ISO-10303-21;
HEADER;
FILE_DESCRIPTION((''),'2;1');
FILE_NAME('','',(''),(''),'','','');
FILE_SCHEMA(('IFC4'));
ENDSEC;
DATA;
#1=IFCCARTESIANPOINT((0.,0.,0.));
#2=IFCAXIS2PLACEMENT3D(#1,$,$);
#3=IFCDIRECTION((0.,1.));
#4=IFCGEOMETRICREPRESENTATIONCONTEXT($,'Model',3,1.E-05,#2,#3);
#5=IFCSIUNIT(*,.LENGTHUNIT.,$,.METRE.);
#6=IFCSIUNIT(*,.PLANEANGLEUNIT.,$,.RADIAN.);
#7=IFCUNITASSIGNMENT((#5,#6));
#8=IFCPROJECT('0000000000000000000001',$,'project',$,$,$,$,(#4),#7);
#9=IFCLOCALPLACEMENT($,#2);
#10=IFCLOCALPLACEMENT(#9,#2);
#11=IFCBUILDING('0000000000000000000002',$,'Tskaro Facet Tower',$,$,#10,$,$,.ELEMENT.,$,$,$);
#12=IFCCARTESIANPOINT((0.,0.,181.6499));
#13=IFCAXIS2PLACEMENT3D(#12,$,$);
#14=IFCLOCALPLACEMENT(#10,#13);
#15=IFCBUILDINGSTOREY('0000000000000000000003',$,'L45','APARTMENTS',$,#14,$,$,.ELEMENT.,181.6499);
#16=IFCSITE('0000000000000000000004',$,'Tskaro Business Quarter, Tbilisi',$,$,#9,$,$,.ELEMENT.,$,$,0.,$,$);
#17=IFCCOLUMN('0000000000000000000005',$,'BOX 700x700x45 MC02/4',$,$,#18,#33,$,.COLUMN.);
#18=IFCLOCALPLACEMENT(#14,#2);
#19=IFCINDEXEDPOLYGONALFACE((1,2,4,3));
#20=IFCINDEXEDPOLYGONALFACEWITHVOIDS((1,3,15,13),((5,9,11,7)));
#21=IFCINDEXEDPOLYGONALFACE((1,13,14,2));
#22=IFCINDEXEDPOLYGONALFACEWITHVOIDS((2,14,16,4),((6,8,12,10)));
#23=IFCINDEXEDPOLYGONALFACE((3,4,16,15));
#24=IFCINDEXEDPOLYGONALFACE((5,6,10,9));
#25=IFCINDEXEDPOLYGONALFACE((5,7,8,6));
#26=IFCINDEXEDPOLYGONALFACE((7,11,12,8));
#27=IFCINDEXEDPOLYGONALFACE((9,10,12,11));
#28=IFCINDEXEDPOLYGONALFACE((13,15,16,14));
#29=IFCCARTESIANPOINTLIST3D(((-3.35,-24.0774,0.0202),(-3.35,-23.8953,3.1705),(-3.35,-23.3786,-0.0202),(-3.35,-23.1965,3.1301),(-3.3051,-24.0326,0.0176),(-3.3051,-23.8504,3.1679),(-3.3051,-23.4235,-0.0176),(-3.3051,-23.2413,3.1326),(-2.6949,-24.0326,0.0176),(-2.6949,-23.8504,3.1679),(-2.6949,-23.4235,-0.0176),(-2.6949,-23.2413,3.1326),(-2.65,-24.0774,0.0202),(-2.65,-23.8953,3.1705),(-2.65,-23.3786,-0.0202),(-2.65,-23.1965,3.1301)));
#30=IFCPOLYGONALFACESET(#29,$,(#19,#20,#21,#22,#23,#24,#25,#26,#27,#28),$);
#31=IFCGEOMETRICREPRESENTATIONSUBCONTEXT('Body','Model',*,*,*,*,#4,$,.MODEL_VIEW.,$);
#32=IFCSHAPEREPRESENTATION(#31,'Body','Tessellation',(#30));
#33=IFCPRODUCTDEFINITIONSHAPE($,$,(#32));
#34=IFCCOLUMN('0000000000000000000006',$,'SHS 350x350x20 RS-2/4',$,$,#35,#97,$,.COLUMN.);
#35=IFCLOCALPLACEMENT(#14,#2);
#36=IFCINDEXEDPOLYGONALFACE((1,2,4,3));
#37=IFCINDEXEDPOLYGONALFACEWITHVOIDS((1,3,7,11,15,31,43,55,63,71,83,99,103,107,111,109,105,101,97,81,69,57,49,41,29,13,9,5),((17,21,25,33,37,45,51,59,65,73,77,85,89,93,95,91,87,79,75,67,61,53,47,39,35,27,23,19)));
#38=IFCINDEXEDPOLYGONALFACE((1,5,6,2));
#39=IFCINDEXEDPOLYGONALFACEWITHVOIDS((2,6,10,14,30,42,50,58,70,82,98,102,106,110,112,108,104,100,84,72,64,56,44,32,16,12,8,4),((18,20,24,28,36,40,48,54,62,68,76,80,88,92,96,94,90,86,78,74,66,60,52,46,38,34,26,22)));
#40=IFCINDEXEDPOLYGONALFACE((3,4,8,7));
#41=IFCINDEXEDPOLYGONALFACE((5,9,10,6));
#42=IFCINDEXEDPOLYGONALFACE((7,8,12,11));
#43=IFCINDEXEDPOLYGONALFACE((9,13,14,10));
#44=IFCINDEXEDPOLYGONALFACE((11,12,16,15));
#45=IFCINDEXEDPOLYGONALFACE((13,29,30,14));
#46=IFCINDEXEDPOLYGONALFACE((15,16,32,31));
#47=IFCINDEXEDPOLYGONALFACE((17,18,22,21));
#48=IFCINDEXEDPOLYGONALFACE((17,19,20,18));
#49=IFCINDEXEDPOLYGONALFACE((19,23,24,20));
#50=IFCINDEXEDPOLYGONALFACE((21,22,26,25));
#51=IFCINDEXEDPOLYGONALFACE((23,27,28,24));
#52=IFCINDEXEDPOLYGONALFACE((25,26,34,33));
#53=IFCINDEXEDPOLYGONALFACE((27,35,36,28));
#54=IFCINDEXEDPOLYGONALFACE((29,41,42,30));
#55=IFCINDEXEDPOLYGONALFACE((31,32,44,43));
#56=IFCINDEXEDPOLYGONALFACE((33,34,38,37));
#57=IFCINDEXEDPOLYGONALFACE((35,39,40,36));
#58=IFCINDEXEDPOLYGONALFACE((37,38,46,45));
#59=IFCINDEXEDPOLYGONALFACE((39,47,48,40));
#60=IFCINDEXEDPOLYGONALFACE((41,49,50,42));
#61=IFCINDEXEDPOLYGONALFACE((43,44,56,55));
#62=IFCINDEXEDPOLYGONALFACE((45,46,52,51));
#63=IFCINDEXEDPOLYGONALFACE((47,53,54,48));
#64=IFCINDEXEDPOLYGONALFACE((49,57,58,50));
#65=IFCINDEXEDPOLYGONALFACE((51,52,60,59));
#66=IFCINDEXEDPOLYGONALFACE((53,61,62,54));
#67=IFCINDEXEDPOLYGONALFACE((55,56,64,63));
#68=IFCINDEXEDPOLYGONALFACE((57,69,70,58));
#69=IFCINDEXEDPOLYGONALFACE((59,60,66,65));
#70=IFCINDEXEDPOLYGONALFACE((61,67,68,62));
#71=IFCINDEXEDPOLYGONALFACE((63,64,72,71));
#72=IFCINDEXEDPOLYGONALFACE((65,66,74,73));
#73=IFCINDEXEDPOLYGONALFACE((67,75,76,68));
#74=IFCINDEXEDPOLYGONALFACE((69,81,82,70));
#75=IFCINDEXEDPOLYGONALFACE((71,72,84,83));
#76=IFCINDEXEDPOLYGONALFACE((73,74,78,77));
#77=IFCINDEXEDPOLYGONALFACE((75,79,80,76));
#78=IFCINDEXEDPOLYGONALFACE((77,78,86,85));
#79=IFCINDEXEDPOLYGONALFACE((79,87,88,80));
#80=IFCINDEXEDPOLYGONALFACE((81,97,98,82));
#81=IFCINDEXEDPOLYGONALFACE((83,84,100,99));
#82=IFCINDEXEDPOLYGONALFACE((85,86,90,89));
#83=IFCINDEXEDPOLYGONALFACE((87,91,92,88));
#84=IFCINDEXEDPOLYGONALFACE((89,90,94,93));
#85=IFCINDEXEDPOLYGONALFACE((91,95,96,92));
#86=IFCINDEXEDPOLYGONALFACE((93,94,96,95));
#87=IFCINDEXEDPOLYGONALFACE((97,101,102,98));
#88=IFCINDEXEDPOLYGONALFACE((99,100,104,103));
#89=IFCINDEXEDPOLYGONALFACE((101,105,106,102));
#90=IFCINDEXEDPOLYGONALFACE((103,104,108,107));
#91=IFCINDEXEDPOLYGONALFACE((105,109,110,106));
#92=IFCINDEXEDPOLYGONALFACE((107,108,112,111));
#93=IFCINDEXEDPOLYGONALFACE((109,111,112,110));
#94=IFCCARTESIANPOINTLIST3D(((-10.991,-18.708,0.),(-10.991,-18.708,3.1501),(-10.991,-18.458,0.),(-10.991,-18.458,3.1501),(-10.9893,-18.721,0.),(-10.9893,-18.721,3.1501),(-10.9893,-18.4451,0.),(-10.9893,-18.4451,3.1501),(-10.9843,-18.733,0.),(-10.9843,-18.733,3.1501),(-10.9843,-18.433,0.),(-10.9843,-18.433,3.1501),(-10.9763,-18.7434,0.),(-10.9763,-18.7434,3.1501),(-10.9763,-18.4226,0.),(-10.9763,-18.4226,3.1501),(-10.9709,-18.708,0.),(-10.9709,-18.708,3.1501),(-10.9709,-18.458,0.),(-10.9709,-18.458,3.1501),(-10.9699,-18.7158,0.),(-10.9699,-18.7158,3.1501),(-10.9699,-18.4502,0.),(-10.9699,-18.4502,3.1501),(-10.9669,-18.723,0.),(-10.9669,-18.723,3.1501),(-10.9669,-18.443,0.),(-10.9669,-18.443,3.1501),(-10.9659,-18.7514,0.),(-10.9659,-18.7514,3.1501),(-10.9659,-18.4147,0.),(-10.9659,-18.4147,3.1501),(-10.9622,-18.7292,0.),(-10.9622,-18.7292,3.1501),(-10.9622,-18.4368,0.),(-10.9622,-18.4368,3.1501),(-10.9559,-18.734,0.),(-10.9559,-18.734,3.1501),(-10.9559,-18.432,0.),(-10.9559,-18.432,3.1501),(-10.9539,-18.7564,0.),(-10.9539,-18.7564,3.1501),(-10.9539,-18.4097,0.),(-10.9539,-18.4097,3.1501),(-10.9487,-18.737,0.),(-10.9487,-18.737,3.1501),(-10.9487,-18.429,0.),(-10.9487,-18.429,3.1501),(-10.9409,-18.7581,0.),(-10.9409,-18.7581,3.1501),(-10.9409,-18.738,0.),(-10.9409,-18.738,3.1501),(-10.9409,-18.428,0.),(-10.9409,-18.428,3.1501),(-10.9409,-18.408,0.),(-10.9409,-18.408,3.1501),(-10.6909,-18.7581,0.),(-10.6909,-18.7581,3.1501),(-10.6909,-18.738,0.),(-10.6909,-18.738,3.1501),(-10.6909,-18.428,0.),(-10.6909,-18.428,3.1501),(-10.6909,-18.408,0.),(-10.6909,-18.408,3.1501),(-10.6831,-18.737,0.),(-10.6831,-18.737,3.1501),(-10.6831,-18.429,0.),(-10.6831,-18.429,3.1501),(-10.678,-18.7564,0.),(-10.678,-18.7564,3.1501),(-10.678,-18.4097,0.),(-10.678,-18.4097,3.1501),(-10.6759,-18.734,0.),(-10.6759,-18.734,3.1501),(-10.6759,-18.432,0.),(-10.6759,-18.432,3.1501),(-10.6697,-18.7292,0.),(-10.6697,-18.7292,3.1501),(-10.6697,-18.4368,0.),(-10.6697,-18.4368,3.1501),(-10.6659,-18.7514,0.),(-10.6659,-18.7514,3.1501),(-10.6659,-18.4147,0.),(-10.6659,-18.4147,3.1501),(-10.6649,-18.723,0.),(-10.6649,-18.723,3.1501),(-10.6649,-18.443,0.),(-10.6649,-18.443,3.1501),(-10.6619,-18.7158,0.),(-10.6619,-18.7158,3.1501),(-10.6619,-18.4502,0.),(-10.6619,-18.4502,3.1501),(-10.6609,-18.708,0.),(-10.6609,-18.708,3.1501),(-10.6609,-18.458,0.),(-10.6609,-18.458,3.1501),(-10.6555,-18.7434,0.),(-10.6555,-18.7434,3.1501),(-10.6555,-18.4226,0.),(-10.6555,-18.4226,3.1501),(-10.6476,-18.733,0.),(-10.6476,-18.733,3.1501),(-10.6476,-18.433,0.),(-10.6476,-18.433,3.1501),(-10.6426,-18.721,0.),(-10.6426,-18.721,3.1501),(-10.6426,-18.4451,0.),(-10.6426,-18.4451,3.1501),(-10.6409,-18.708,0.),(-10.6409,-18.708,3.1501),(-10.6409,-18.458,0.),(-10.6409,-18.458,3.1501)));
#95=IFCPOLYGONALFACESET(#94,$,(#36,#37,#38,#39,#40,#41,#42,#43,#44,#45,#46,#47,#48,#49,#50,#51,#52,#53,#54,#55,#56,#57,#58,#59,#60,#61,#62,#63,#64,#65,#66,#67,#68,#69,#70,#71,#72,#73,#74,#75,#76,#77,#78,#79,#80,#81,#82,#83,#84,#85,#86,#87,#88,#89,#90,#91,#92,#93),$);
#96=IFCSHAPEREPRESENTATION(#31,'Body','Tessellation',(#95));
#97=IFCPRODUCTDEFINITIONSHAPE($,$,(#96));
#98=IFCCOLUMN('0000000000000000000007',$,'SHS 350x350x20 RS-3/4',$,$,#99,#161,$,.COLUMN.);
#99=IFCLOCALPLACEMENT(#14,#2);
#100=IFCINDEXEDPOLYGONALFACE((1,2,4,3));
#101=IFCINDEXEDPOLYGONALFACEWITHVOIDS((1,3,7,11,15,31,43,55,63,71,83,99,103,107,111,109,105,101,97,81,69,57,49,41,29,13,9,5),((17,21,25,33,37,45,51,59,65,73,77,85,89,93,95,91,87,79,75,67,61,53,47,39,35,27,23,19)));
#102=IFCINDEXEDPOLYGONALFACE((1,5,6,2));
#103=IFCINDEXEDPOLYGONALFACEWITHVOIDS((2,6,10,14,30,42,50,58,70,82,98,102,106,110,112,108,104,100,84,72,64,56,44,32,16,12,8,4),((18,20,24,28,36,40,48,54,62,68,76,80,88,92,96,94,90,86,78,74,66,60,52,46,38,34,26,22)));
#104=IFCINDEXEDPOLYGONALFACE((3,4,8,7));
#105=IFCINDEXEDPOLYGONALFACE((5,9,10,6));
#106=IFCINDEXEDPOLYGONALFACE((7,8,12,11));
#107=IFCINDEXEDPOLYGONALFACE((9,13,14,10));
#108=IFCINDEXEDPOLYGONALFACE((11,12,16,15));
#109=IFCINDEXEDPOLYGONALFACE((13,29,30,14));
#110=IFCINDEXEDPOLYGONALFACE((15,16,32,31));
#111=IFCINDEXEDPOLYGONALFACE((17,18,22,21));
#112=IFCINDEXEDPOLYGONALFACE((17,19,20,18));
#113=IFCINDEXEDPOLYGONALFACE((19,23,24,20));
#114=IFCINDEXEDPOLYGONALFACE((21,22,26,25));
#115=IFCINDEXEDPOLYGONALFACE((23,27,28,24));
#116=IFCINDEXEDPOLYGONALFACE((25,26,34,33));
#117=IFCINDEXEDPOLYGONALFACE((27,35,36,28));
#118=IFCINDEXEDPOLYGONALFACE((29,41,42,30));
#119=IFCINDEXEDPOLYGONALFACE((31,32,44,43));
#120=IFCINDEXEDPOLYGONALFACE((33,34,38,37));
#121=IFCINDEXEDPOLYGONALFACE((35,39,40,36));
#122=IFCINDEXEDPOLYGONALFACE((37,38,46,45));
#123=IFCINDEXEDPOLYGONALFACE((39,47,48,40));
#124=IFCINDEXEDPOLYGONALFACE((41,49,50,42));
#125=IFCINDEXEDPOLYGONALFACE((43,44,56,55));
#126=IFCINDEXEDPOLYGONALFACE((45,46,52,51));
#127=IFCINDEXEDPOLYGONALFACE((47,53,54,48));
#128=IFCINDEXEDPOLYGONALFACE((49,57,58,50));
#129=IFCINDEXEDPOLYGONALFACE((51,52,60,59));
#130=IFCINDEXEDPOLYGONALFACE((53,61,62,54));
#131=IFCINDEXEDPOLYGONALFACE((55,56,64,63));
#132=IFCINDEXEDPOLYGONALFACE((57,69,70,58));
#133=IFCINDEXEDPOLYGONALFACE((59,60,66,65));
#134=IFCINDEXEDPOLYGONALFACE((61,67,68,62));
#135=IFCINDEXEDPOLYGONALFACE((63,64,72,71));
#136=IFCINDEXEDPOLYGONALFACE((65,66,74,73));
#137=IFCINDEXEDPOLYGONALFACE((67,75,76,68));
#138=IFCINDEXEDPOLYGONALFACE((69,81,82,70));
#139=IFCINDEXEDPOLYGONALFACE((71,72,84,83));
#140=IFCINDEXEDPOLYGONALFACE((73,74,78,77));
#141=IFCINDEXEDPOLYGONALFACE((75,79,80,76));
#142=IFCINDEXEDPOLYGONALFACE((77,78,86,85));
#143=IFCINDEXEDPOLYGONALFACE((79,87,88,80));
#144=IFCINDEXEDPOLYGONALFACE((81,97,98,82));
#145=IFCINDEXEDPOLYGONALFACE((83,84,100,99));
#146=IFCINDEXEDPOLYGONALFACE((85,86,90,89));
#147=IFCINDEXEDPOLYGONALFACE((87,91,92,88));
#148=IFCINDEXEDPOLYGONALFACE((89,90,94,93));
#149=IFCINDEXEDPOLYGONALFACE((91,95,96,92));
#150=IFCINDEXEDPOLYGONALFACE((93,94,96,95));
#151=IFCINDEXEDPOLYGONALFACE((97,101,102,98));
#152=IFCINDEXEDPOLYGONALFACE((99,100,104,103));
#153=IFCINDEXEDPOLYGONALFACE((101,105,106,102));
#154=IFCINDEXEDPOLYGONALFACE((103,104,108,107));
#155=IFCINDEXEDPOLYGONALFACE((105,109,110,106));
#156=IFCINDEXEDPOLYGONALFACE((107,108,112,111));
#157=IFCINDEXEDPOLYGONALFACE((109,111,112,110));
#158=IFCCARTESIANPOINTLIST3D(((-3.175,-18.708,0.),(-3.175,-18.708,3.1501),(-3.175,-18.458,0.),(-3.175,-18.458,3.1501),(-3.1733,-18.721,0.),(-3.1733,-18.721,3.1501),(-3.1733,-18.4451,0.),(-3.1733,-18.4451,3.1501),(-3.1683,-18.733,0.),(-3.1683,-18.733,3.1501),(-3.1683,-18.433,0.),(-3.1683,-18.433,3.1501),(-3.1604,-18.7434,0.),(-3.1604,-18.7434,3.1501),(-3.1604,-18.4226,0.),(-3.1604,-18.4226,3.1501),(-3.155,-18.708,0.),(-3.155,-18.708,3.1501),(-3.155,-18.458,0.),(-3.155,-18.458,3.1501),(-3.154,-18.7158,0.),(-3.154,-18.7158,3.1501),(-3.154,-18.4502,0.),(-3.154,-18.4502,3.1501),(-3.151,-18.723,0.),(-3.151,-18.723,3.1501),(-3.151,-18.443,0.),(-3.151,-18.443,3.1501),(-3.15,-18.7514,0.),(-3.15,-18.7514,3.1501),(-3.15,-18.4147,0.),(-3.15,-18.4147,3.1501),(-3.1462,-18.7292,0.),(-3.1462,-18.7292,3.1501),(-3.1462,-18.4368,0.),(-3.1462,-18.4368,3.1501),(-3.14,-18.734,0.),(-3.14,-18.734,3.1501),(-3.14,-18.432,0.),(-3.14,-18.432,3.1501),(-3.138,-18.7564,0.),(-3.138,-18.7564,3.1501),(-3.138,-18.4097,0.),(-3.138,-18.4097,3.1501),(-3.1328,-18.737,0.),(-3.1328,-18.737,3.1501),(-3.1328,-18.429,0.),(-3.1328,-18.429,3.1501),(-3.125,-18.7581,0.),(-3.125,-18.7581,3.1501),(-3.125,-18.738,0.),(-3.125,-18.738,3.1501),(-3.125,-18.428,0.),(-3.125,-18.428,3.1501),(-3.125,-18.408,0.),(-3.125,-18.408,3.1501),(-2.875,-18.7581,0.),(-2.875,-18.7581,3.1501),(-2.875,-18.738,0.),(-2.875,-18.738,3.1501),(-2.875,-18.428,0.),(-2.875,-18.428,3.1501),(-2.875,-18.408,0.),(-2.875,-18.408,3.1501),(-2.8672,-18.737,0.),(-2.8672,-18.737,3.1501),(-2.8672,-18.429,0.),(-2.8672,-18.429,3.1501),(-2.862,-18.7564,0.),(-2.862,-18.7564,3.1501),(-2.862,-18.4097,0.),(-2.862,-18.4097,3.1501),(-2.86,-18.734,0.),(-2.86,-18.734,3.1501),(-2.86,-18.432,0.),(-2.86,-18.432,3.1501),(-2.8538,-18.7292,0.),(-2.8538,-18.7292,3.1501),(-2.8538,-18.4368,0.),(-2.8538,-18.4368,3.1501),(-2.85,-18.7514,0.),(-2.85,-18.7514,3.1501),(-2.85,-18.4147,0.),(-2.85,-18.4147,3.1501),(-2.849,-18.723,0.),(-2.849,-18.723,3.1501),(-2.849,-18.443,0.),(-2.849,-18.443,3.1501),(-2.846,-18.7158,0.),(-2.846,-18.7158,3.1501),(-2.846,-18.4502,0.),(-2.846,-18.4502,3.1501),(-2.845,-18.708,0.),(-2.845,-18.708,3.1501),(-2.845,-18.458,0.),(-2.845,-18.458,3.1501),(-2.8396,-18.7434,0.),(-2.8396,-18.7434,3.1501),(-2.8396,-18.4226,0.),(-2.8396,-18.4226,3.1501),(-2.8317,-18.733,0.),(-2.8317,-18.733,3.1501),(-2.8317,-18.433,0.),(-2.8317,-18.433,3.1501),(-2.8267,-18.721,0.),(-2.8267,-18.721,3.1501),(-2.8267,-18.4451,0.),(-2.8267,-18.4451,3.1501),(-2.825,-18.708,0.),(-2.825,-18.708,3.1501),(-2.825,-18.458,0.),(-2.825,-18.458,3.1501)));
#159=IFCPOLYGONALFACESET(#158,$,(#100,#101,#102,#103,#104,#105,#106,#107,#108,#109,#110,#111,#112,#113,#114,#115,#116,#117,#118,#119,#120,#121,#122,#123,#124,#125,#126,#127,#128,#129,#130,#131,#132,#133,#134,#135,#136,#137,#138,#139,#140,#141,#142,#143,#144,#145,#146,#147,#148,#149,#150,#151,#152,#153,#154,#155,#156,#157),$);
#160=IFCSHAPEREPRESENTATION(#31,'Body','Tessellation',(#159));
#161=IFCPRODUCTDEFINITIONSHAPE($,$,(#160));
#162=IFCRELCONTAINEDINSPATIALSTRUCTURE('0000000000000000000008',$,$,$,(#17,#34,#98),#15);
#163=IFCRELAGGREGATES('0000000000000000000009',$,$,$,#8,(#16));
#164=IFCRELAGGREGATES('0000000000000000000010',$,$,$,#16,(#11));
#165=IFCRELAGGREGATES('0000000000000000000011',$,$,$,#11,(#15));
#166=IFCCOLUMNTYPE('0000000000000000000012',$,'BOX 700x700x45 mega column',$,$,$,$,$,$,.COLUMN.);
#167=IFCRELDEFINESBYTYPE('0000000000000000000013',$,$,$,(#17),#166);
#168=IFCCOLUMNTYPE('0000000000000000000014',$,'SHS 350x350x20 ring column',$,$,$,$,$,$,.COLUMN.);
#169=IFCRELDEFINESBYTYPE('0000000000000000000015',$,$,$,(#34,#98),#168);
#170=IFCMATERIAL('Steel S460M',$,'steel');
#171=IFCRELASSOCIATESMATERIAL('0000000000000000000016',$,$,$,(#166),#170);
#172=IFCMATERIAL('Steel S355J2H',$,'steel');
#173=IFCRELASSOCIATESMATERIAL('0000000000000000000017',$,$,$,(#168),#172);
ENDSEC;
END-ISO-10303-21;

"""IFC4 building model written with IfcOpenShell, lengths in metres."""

from ifc_helpers import new_model, si_unit, direction, frame, origin, origin_2d, place, context, subcontext, project, spatial, hollow_rectangle, extrude, material, material_profile, profile_set, type_object, element, save


model = new_model("IFC4")

# Units and contexts
model_context = context("Model", 3, precision=1e-05, world=origin(), true_north=direction((0.0, 1.0)))
body_context = subcontext(model_context, "Body", "Model", "MODEL_VIEW")
ifc_project = project(units=[si_unit("LENGTHUNIT", "METRE"), si_unit("PLANEANGLEUNIT", "RADIAN")], contexts=[model_context])

# Site, building, storey
site_placement = place(None, origin())
site = spatial("IfcSite", under=ifc_project, at=site_placement, Name="Tskaro Business Quarter, Tbilisi", CompositionType="ELEMENT", RefElevation=0.0)
building_placement = place(site_placement, origin())
building = spatial("IfcBuilding", under=site, at=building_placement, Name="Tskaro Facet Tower", CompositionType="ELEMENT")
storey_placement = place(building_placement, frame((0.0, 0.0, 181.6499)))
storey = spatial("IfcBuildingStorey", under=building, at=storey_placement, Name="L45", Description="APARTMENTS", CompositionType="ELEMENT", Elevation=181.6499)

# Columns
ifc_material_1 = material(Name="Steel S460M", Category="steel")
ifc_material_profile_1 = material_profile(ifc_material_1, hollow_rectangle(XDim=0.7, YDim=0.7, WallThickness=0.0449, at=origin_2d()), Name="BOX 700x700x45")
ifc_profile_set_1 = profile_set([ifc_material_profile_1], Name="Steel S460M")
column_type_1 = type_object("IfcColumnType", Name="BOX 700x700x45 mega column", PredefinedType="COLUMN", material=ifc_profile_set_1)
column_placement = place(storey_placement, frame((-3.0, -23.728, 0.0), z_axis=(0.0, 0.05772, 0.998333), x_axis=(-1.0, 0.0, 0.0)))
element("IfcColumn", 1, at=column_placement, inside=storey, type_object=column_type_1, Name="BOX 700x700x45 MC02/4", PredefinedType="COLUMN", context=body_context, shape_type="SweptSolid", body=[
    extrude(hollow_rectangle(XDim=0.7, YDim=0.7, WallThickness=0.0449, at=origin_2d()), origin(), (0.0, 0.0, 1.0), 3.1555),
])
ifc_material_2 = material(Name="Steel S355J2H", Category="steel")
ifc_material_profile_2 = material_profile(ifc_material_2, hollow_rectangle(XDim=0.3501, YDim=0.3501, WallThickness=0.02, InnerFilletRadius=0.03, OuterFilletRadius=0.05, at=origin_2d()), Name="SHS 350x350x20")
ifc_profile_set_2 = profile_set([ifc_material_profile_2], Name="Steel S355J2H")
column_type_2 = type_object("IfcColumnType", Name="SHS 350x350x20 ring column", PredefinedType="COLUMN", material=ifc_profile_set_2)
for number, where, z_axis, x_axis, name in (
    (2, (-10.8159, -18.583, 0.0), (0.0, 0.0, 1.0), (1.0, 0.0, 0.0), "SHS 350x350x20 RS-2/4"),
    (3, (-3.0, -18.583, 0.0), (0.0, 0.0, 1.0), (1.0, 0.0, 0.0), "SHS 350x350x20 RS-3/4"),
):
    element("IfcColumn", number, at=place(storey_placement, frame(where, z_axis=z_axis, x_axis=x_axis)), inside=storey, type_object=column_type_2, Name=name, PredefinedType="COLUMN", context=body_context, shape_type="SweptSolid", body=[
        extrude(hollow_rectangle(XDim=0.3501, YDim=0.3501, WallThickness=0.02, InnerFilletRadius=0.03, OuterFilletRadius=0.05, at=origin_2d()), origin(), (0.0, 0.0, 1.0), 3.1501),
    ])

save(model, "model.ifc")
